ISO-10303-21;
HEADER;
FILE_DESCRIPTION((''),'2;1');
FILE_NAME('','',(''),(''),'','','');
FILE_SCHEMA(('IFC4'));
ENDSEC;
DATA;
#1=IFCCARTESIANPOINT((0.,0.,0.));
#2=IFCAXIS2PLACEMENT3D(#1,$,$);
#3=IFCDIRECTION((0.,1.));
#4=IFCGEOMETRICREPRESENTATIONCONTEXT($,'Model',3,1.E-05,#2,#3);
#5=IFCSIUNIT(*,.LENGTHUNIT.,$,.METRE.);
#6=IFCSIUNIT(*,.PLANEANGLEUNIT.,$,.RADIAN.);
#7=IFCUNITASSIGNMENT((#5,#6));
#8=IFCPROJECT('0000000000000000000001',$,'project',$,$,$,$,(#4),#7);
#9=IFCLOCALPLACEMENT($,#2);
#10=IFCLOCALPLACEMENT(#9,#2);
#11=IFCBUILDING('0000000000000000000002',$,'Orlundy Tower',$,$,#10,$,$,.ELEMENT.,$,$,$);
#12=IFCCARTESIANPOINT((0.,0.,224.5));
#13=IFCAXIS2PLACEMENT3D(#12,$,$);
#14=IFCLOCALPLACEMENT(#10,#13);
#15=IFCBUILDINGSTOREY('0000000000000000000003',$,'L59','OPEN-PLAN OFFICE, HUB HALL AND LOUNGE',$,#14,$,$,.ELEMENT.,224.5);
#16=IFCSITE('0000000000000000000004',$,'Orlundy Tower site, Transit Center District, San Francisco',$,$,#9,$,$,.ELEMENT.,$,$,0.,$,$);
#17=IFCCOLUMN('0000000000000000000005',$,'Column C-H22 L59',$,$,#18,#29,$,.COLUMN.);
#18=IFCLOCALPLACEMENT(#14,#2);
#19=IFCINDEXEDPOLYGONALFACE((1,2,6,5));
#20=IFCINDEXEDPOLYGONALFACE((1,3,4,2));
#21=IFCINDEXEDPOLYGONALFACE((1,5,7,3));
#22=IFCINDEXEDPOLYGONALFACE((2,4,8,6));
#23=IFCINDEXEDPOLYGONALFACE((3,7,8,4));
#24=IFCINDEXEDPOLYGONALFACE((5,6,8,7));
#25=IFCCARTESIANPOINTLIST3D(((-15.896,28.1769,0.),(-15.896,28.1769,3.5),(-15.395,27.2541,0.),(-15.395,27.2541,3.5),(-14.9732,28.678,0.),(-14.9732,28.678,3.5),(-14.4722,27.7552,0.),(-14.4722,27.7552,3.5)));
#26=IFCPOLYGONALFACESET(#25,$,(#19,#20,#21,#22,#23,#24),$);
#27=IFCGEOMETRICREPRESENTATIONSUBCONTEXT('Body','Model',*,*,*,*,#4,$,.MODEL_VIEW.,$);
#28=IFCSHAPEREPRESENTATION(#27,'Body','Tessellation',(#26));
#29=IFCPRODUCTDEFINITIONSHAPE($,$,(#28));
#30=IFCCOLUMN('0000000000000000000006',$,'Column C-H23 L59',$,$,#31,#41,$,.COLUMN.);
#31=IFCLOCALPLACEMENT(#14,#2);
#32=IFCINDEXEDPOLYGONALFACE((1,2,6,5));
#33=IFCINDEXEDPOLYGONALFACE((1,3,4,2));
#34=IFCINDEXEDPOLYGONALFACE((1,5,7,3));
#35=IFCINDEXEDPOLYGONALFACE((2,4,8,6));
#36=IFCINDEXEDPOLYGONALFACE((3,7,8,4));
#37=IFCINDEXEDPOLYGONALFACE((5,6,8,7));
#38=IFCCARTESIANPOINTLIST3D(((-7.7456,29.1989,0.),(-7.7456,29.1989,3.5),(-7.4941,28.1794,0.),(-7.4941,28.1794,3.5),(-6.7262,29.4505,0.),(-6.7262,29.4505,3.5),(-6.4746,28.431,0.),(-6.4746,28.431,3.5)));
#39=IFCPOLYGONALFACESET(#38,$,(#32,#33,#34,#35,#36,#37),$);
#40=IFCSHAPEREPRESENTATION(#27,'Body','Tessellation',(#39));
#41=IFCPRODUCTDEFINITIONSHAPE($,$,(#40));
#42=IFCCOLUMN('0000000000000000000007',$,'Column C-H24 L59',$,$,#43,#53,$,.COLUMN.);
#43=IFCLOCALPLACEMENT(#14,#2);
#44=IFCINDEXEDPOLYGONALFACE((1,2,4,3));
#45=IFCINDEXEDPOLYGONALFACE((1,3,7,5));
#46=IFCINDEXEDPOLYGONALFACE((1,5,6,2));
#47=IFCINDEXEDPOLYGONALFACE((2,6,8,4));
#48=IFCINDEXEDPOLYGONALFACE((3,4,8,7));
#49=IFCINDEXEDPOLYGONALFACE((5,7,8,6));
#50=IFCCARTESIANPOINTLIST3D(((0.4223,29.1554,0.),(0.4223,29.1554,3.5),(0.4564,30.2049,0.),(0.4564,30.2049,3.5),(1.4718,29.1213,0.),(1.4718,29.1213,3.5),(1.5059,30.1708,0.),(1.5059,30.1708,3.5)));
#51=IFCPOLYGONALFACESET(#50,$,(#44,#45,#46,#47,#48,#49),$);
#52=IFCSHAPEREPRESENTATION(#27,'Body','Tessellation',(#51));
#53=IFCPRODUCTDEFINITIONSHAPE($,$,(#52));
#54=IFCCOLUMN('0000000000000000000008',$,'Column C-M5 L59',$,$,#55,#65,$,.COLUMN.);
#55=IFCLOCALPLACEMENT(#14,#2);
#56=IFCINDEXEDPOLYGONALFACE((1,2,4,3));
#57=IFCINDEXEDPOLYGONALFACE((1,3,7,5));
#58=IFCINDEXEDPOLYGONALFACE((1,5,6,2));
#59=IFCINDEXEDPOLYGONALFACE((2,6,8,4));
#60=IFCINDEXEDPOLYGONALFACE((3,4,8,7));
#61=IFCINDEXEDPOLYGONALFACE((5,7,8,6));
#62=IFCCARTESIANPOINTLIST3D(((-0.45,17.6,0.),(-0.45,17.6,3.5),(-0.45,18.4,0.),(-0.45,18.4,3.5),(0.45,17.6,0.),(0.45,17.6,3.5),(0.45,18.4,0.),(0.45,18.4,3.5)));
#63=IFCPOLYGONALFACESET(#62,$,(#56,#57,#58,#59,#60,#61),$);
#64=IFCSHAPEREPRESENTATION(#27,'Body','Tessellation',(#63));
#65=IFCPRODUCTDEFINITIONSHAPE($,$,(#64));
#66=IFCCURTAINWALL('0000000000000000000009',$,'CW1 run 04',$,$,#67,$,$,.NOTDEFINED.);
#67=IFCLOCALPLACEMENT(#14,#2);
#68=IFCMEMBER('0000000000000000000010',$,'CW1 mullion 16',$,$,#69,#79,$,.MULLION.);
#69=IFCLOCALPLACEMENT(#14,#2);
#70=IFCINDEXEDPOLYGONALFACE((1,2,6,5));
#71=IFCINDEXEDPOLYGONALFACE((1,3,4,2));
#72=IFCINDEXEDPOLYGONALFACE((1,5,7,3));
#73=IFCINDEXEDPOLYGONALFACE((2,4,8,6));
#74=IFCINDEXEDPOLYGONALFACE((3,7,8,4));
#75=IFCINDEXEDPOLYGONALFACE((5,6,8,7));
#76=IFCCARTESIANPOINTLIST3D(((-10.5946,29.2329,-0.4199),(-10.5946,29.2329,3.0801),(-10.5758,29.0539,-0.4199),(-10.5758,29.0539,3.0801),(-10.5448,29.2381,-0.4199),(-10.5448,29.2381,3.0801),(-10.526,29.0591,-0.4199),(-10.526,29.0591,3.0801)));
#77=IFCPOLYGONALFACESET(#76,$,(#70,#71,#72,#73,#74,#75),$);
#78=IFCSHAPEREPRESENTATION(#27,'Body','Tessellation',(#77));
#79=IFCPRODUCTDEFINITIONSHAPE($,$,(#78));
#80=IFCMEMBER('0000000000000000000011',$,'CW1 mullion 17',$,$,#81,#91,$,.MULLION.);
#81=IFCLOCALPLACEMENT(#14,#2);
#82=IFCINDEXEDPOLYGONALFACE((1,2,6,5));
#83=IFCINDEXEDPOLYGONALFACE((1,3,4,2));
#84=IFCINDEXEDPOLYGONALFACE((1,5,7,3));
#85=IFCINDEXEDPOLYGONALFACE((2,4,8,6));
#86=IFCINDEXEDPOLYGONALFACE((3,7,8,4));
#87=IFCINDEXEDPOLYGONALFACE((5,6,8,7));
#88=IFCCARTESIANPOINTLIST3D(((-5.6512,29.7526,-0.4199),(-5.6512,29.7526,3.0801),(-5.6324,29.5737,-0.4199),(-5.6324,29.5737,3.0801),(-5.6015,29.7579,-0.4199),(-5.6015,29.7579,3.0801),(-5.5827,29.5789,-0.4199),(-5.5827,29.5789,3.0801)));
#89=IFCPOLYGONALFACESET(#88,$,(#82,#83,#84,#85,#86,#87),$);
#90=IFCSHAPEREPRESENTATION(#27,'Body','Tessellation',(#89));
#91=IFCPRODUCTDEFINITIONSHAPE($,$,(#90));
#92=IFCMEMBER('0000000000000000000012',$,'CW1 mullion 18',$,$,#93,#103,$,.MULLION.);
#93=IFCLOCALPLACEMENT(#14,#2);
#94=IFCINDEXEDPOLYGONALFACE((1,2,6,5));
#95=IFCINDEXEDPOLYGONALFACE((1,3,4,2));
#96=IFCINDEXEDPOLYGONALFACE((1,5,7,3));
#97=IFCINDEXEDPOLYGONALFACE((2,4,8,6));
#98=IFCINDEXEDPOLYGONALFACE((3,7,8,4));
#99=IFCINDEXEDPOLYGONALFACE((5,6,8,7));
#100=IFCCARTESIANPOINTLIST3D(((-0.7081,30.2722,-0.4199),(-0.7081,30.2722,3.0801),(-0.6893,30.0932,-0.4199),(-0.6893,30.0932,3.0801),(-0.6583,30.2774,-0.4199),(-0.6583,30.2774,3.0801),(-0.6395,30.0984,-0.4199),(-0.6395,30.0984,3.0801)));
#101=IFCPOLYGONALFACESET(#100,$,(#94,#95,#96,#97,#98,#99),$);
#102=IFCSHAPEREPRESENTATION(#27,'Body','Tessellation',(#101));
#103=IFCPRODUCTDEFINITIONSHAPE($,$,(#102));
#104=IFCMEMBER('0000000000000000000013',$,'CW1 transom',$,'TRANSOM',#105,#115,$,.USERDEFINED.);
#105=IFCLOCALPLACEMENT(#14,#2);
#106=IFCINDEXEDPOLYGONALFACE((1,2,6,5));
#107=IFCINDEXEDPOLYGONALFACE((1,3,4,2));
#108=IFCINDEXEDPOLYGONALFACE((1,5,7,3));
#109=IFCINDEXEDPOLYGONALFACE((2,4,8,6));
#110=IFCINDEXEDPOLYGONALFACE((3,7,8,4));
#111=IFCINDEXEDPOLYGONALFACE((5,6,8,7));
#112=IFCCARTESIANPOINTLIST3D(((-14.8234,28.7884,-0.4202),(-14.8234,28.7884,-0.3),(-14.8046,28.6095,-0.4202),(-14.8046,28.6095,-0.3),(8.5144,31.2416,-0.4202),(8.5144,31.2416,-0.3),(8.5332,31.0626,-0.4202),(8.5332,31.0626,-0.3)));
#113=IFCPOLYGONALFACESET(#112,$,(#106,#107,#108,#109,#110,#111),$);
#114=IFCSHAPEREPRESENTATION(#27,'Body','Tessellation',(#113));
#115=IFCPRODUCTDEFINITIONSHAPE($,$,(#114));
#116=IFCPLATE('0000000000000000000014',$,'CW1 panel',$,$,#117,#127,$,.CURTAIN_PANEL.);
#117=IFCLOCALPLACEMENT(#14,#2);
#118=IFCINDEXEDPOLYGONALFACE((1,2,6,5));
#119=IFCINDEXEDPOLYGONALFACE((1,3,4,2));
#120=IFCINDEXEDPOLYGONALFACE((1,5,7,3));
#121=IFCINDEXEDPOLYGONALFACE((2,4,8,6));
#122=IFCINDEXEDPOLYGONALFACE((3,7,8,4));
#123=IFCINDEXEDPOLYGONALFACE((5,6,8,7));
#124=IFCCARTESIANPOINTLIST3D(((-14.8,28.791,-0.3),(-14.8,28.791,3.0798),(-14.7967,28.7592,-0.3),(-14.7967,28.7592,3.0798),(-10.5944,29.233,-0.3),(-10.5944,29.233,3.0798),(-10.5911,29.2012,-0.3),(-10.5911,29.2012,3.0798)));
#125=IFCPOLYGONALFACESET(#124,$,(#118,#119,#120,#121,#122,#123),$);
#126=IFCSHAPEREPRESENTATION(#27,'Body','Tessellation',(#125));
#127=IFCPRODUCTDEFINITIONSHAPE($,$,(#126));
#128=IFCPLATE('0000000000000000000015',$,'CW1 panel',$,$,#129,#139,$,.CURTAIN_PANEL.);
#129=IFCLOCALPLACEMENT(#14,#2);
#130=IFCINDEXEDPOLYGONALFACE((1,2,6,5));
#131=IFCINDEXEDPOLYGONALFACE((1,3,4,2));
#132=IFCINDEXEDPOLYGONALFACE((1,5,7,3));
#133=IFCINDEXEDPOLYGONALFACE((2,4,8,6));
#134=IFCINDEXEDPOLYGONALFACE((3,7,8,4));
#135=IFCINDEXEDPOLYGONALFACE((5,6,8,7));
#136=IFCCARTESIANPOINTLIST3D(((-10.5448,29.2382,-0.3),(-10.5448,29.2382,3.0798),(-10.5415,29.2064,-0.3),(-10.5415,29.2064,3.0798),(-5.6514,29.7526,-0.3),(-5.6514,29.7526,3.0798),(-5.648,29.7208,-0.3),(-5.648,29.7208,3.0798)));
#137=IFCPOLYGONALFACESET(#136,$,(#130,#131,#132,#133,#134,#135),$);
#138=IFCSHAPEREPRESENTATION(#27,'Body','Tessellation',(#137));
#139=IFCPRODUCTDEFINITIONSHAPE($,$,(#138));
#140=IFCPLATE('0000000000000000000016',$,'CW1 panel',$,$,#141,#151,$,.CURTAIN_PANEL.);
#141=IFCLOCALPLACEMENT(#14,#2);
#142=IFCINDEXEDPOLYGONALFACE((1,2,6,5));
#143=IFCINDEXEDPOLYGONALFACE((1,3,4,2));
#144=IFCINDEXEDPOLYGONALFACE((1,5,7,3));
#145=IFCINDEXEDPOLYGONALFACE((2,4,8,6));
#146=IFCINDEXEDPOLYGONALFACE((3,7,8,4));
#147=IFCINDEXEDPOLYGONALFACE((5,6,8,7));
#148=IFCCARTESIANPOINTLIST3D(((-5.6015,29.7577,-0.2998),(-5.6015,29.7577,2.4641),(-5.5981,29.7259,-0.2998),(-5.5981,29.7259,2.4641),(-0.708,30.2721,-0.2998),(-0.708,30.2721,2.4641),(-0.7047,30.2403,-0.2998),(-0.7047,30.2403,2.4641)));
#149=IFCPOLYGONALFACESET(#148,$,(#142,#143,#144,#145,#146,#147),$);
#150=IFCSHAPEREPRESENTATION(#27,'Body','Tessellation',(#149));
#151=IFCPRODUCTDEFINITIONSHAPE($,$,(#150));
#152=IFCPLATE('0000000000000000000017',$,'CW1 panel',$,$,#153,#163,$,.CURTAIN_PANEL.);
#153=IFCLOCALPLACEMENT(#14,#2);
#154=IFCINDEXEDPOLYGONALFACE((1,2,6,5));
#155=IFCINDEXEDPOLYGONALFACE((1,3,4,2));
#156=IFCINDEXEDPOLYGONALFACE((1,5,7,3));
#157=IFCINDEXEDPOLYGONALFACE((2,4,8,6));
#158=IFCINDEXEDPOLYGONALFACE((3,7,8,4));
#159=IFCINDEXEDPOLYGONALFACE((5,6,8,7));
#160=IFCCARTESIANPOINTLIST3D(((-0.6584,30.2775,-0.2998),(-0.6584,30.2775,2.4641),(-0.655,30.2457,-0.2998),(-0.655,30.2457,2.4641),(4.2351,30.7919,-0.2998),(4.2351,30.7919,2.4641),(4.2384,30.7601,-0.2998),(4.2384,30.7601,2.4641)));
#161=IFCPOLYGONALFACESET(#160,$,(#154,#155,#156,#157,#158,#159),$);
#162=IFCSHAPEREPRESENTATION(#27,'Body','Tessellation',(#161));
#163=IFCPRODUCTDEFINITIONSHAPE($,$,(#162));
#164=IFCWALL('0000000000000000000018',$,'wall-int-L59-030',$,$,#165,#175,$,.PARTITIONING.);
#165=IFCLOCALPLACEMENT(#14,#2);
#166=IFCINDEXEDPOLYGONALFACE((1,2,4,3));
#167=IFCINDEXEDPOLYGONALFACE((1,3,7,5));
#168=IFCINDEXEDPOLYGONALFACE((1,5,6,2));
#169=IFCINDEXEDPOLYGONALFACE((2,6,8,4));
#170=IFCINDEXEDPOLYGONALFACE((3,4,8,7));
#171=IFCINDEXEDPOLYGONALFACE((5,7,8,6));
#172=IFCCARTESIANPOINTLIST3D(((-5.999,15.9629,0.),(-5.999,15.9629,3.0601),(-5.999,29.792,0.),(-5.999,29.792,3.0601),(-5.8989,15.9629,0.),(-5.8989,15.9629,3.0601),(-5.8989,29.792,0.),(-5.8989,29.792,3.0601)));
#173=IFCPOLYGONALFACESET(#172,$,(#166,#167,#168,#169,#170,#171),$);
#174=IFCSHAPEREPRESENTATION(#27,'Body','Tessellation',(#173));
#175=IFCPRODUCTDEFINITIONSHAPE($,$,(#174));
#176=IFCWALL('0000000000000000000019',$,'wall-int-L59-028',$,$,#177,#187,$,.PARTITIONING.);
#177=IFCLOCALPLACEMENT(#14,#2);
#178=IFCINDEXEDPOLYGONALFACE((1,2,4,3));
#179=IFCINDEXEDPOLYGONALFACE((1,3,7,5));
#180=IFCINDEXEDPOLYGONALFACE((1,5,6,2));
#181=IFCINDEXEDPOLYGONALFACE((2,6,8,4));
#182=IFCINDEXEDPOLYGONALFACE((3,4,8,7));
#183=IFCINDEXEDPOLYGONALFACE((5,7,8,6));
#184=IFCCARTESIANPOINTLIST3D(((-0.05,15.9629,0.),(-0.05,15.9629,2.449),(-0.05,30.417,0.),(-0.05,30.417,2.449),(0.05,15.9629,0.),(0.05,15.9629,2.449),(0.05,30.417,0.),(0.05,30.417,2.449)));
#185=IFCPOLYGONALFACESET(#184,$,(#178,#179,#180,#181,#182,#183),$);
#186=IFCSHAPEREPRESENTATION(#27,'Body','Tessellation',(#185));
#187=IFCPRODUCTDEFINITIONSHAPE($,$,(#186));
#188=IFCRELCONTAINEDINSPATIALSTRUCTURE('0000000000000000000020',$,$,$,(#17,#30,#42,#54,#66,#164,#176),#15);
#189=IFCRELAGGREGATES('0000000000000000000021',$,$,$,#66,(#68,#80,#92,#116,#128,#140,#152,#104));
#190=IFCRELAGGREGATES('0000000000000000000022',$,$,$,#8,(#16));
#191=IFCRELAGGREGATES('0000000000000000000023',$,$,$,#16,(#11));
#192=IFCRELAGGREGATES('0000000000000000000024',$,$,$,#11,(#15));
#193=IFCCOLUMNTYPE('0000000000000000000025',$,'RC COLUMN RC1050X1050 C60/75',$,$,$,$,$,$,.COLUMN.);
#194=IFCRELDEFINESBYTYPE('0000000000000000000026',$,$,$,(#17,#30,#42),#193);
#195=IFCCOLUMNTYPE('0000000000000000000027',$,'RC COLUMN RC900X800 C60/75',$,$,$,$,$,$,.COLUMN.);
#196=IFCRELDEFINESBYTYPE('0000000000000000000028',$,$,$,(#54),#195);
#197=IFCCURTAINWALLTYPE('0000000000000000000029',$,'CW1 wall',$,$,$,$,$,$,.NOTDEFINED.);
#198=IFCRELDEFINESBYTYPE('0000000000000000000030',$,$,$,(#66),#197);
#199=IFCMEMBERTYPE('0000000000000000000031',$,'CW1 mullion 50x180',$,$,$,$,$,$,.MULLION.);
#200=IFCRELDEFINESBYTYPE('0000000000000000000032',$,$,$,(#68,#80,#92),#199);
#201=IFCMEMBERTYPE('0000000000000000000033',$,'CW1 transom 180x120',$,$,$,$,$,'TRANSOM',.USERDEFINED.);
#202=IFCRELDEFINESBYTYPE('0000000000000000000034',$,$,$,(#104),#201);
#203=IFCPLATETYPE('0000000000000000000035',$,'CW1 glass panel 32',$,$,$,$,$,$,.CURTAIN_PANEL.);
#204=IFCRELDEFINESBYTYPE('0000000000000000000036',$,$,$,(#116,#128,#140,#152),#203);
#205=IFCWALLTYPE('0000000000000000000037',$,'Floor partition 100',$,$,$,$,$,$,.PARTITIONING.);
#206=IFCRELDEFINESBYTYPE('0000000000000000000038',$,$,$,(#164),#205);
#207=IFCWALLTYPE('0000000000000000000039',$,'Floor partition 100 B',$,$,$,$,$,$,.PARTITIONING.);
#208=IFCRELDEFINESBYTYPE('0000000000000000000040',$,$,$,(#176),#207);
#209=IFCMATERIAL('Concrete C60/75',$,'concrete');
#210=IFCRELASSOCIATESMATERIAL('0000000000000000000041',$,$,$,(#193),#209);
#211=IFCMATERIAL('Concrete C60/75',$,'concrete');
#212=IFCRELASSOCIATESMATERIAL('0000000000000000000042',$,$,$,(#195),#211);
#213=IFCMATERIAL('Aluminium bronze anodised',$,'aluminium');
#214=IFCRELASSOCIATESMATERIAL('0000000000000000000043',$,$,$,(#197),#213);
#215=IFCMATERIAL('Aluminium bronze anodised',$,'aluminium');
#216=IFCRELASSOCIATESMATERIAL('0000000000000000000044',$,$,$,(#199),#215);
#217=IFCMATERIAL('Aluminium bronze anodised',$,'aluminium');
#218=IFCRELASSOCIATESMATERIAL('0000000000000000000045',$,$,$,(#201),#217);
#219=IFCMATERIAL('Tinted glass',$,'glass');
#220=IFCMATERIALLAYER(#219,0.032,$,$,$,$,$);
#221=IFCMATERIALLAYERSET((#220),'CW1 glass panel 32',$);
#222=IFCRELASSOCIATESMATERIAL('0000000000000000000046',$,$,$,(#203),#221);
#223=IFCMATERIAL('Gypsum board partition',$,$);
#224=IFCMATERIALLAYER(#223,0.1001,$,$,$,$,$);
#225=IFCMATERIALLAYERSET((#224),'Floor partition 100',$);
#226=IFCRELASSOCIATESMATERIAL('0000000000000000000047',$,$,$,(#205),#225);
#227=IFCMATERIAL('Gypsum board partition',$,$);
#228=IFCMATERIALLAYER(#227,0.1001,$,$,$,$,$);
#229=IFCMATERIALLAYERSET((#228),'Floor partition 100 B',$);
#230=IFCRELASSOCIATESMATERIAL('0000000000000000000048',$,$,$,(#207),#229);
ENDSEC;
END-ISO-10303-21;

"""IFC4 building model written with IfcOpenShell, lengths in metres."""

from ifc_helpers import new_model, si_unit, direction, frame, frame_2d, origin, origin_2d, place, context, subcontext, project, spatial, rectangle, extrude, material, layer, layer_set, material_profile, profile_set, type_object, element, aggregate, save


model = new_model("IFC4")

# Units and contexts
model_context = context("Model", 3, precision=1e-05, world=origin(), true_north=direction((0.0, 1.0)))
body_context = subcontext(model_context, "Body", "Model", "MODEL_VIEW")
ifc_project = project(units=[si_unit("LENGTHUNIT", "METRE"), si_unit("PLANEANGLEUNIT", "RADIAN")], contexts=[model_context])

# Site, building, storey
site_placement = place(None, origin())
site = spatial("IfcSite", under=ifc_project, at=site_placement, Name="Orlundy Tower site, Transit Center District, San Francisco", CompositionType="ELEMENT", RefElevation=0.0)
building_placement = place(site_placement, origin())
building = spatial("IfcBuilding", under=site, at=building_placement, Name="Orlundy Tower", CompositionType="ELEMENT")
storey_placement = place(building_placement, frame((0.0, 0.0, 224.5)))
storey = spatial("IfcBuildingStorey", under=building, at=storey_placement, Name="L59", Description="OPEN-PLAN OFFICE, HUB HALL AND LOUNGE", CompositionType="ELEMENT", Elevation=224.5)

# Columns
ifc_material_1 = material(Name="Concrete C60/75", Category="concrete")
ifc_material_profile_1 = material_profile(ifc_material_1, rectangle(XDim=1.05, YDim=1.05, at=origin_2d()), Name="RC1050X1050")
ifc_profile_set_1 = profile_set([ifc_material_profile_1], Name="Concrete C60/75")
column_type_1 = type_object("IfcColumnType", Name="RC COLUMN RC1050X1050 C60/75", PredefinedType="COLUMN", material=ifc_profile_set_1)
for number, where, z_axis, x_axis, name in (
    (1, (-15.1841, 27.9661, 0.0), (0.0, 0.0, 1.0), (-0.477159, 0.878817, 0.0), "Column C-H22 L59"),
    (2, (-7.1101, 28.8149, 0.0), (0.0, 0.0, 1.0), (-0.239567, 0.97088, 0.0), "Column C-H23 L59"),
    (3, (0.9641, 29.6631, 0.0), (0.0, 0.0, 1.0), (0.032475, 0.999473, 0.0), "Column C-H24 L59"),
):
    element("IfcColumn", number, at=place(storey_placement, frame(where, z_axis=z_axis, x_axis=x_axis)), inside=storey, type_object=column_type_1, Name=name, PredefinedType="COLUMN", context=body_context, shape_type="SweptSolid", body=[
        extrude(rectangle(XDim=1.05, YDim=1.05, at=origin_2d()), origin(), (0.0, 0.0, 1.0), 3.5),
    ])
ifc_material_2 = material(Name="Concrete C60/75", Category="concrete")
ifc_material_profile_2 = material_profile(ifc_material_2, rectangle(XDim=0.8999, YDim=0.8, at=origin_2d()), Name="RC900X800")
ifc_profile_set_2 = profile_set([ifc_material_profile_2], Name="Concrete C60/75")
column_type_2 = type_object("IfcColumnType", Name="RC COLUMN RC900X800 C60/75", PredefinedType="COLUMN", material=ifc_profile_set_2)
column_placement = place(storey_placement, frame((0.0, 18.0, 0.0), z_axis=(0.0, 0.0, 1.0), x_axis=(1.0, 0.0, 0.0)))
element("IfcColumn", 4, at=column_placement, inside=storey, type_object=column_type_2, Name="Column C-M5 L59", PredefinedType="COLUMN", context=body_context, shape_type="SweptSolid", body=[
    extrude(rectangle(XDim=0.8999, YDim=0.8, at=origin_2d()), origin(), (0.0, 0.0, 1.0), 3.5),
])

# Curtain wall, members, plates
ifc_material_3 = material(Name="Aluminium bronze anodised", Category="aluminium")
curtain_wall_type = type_object("IfcCurtainWallType", Name="CW1 wall", PredefinedType="NOTDEFINED", material=ifc_material_3)
curtain_wall_placement = place(storey_placement, origin())
curtain_wall = element("IfcCurtainWall", 5, at=curtain_wall_placement, inside=storey, type_object=curtain_wall_type, Name="CW1 run 04", PredefinedType="NOTDEFINED")
ifc_material_4 = material(Name="Aluminium bronze anodised", Category="aluminium")
ifc_material_profile_3 = material_profile(ifc_material_4, rectangle(XDim=0.1799, YDim=0.05, at=origin_2d()), Name="CW1 mullion 50x180")
ifc_profile_set_3 = profile_set([ifc_material_profile_3], Name="Aluminium bronze anodised")
member_type_1 = type_object("IfcMemberType", Name="CW1 mullion 50x180", PredefinedType="MULLION", material=ifc_profile_set_3)
member_1_placement = place(storey_placement, frame((-10.5603, 29.146, -0.4199), z_axis=(0.0, 0.0, 1.0), x_axis=(-0.104538, 0.994521, 0.0)))
member_1 = element("IfcMember", 6, at=member_1_placement, type_object=member_type_1, Name="CW1 mullion 16", PredefinedType="MULLION", context=body_context, shape_type="SweptSolid", body=[
    extrude(rectangle(XDim=0.1799, YDim=0.05, at=origin_2d()), origin(), (0.0, 0.0, 1.0), 3.5),
])
member_2_placement = place(storey_placement, frame((-5.6169, 29.6658, -0.4199), z_axis=(0.0, 0.0, 1.0), x_axis=(-0.104538, 0.994521, 0.0)))
member_2 = element("IfcMember", 7, at=member_2_placement, type_object=member_type_1, Name="CW1 mullion 17", PredefinedType="MULLION", context=body_context, shape_type="SweptSolid", body=[
    extrude(rectangle(XDim=0.1799, YDim=0.05, at=origin_2d()), origin(), (0.0, 0.0, 1.0), 3.5),
])
member_3_placement = place(storey_placement, frame((-0.6738, 30.1853, -0.4199), z_axis=(0.0, 0.0, 1.0), x_axis=(-0.104538, 0.994521, 0.0)))
member_3 = element("IfcMember", 8, at=member_3_placement, type_object=member_type_1, Name="CW1 mullion 18", PredefinedType="MULLION", context=body_context, shape_type="SweptSolid", body=[
    extrude(rectangle(XDim=0.1799, YDim=0.05, at=origin_2d()), origin(), (0.0, 0.0, 1.0), 3.5),
])
ifc_material_5 = material(Name="Aluminium bronze anodised", Category="aluminium")
ifc_material_profile_4 = material_profile(ifc_material_5, rectangle(XDim=0.1799, YDim=0.1201, at=origin_2d()), Name="CW1 transom 180x120")
ifc_profile_set_4 = profile_set([ifc_material_profile_4], Name="Aluminium bronze anodised")
member_type_2 = type_object("IfcMemberType", Name="CW1 transom 180x120", ElementType="TRANSOM", PredefinedType="USERDEFINED", material=ifc_profile_set_4)
member_4_placement = place(storey_placement, frame((-14.814, 28.699, -0.3601), z_axis=(0.994521, 0.104539, 0.0), x_axis=(-0.104539, 0.994521, 0.0)))
member_4 = element("IfcMember", 9, at=member_4_placement, type_object=member_type_2, Name="CW1 transom", ObjectType="TRANSOM", PredefinedType="USERDEFINED", context=body_context, shape_type="SweptSolid", body=[
    extrude(rectangle(XDim=0.1799, YDim=0.1201, at=origin_2d()), origin(), (0.0, 0.0, 1.0), 23.4663),
])
ifc_material_6 = material(Name="Tinted glass", Category="glass")
ifc_layer_1 = layer(ifc_material_6, 0.032)
ifc_layer_set_1 = layer_set([ifc_layer_1], Name="CW1 glass panel 32")
plate_type = type_object("IfcPlateType", Name="CW1 glass panel 32", PredefinedType="CURTAIN_PANEL", material=ifc_layer_set_1)
plate_1_placement = place(storey_placement, frame((-12.6956, 28.9961, -0.3), z_axis=(0.0, 0.0, 1.0), x_axis=(0.994521, 0.104538, 0.0)))
plate_1 = element("IfcPlate", 10, at=plate_1_placement, type_object=plate_type, Name="CW1 panel", PredefinedType="CURTAIN_PANEL", context=body_context, shape_type="SweptSolid", body=[
    extrude(rectangle(XDim=4.2288, YDim=0.032, at=origin_2d()), origin(), (0.0, 0.0, 1.0), 3.3799),
])
plate_2_placement = place(storey_placement, frame((-8.0964, 29.4795, -0.3), z_axis=(0.0, 0.0, 1.0), x_axis=(0.994521, 0.104538, 0.0)))
plate_2 = element("IfcPlate", 11, at=plate_2_placement, type_object=plate_type, Name="CW1 panel", PredefinedType="CURTAIN_PANEL", context=body_context, shape_type="SweptSolid", body=[
    extrude(rectangle(XDim=4.9204, YDim=0.032, at=origin_2d()), origin(), (0.0, 0.0, 1.0), 3.3799),
])
plate_3_placement = place(storey_placement, frame((-3.1531, 29.999, -0.2998), z_axis=(0.0, 0.0, 1.0), x_axis=(0.994521, 0.104538, 0.0)))
plate_3 = element("IfcPlate", 12, at=plate_3_placement, type_object=plate_type, Name="CW1 panel", PredefinedType="CURTAIN_PANEL", context=body_context, shape_type="SweptSolid", body=[
    extrude(rectangle(XDim=4.9204, YDim=0.032, at=origin_2d()), origin(), (0.0, 0.0, 1.0), 2.7639),
])
plate_4_placement = place(storey_placement, frame((1.79, 30.5188, -0.2998), z_axis=(0.0, 0.0, 1.0), x_axis=(0.994521, 0.104538, 0.0)))
plate_4 = element("IfcPlate", 13, at=plate_4_placement, type_object=plate_type, Name="CW1 panel", PredefinedType="CURTAIN_PANEL", context=body_context, shape_type="SweptSolid", body=[
    extrude(rectangle(XDim=4.9204, YDim=0.032, at=origin_2d()), origin(), (0.0, 0.0, 1.0), 2.7639),
])
aggregate(curtain_wall, [member_1, member_2, member_3, plate_1, plate_2, plate_3, plate_4, member_4])

# Walls
ifc_material_7 = material(Name="Gypsum board partition")
ifc_layer_2 = layer(ifc_material_7, 0.1001)
ifc_layer_set_2 = layer_set([ifc_layer_2], Name="Floor partition 100")
wall_type_1 = type_object("IfcWallType", Name="Floor partition 100", PredefinedType="PARTITIONING", material=ifc_layer_set_2)
wall_1_placement = place(storey_placement, frame((-5.949, 15.9629, 0.0), z_axis=(0.0, 0.0, 1.0), x_axis=(0.0, 1.0, 0.0)))
element("IfcWall", 14, at=wall_1_placement, inside=storey, type_object=wall_type_1, Name="wall-int-L59-030", PredefinedType="PARTITIONING", context=body_context, shape_type="SweptSolid", body=[
    extrude(rectangle(XDim=13.8291, YDim=0.1001, at=frame_2d((6.9146, 0.0))), origin(), (0.0, 0.0, 1.0), 3.0601),
])
ifc_material_8 = material(Name="Gypsum board partition")
ifc_layer_3 = layer(ifc_material_8, 0.1001)
ifc_layer_set_3 = layer_set([ifc_layer_3], Name="Floor partition 100 B")
wall_type_2 = type_object("IfcWallType", Name="Floor partition 100 B", PredefinedType="PARTITIONING", material=ifc_layer_set_3)
wall_2_placement = place(storey_placement, frame((0.0, 15.9629, 0.0), z_axis=(0.0, 0.0, 1.0), x_axis=(0.0, 1.0, 0.0)))
element("IfcWall", 15, at=wall_2_placement, inside=storey, type_object=wall_type_2, Name="wall-int-L59-028", PredefinedType="PARTITIONING", context=body_context, shape_type="SweptSolid", body=[
    extrude(rectangle(XDim=14.4541, YDim=0.1001, at=frame_2d((7.2271, 0.0))), origin(), (0.0, 0.0, 1.0), 2.449),
])

save(model, "model.ifc")
